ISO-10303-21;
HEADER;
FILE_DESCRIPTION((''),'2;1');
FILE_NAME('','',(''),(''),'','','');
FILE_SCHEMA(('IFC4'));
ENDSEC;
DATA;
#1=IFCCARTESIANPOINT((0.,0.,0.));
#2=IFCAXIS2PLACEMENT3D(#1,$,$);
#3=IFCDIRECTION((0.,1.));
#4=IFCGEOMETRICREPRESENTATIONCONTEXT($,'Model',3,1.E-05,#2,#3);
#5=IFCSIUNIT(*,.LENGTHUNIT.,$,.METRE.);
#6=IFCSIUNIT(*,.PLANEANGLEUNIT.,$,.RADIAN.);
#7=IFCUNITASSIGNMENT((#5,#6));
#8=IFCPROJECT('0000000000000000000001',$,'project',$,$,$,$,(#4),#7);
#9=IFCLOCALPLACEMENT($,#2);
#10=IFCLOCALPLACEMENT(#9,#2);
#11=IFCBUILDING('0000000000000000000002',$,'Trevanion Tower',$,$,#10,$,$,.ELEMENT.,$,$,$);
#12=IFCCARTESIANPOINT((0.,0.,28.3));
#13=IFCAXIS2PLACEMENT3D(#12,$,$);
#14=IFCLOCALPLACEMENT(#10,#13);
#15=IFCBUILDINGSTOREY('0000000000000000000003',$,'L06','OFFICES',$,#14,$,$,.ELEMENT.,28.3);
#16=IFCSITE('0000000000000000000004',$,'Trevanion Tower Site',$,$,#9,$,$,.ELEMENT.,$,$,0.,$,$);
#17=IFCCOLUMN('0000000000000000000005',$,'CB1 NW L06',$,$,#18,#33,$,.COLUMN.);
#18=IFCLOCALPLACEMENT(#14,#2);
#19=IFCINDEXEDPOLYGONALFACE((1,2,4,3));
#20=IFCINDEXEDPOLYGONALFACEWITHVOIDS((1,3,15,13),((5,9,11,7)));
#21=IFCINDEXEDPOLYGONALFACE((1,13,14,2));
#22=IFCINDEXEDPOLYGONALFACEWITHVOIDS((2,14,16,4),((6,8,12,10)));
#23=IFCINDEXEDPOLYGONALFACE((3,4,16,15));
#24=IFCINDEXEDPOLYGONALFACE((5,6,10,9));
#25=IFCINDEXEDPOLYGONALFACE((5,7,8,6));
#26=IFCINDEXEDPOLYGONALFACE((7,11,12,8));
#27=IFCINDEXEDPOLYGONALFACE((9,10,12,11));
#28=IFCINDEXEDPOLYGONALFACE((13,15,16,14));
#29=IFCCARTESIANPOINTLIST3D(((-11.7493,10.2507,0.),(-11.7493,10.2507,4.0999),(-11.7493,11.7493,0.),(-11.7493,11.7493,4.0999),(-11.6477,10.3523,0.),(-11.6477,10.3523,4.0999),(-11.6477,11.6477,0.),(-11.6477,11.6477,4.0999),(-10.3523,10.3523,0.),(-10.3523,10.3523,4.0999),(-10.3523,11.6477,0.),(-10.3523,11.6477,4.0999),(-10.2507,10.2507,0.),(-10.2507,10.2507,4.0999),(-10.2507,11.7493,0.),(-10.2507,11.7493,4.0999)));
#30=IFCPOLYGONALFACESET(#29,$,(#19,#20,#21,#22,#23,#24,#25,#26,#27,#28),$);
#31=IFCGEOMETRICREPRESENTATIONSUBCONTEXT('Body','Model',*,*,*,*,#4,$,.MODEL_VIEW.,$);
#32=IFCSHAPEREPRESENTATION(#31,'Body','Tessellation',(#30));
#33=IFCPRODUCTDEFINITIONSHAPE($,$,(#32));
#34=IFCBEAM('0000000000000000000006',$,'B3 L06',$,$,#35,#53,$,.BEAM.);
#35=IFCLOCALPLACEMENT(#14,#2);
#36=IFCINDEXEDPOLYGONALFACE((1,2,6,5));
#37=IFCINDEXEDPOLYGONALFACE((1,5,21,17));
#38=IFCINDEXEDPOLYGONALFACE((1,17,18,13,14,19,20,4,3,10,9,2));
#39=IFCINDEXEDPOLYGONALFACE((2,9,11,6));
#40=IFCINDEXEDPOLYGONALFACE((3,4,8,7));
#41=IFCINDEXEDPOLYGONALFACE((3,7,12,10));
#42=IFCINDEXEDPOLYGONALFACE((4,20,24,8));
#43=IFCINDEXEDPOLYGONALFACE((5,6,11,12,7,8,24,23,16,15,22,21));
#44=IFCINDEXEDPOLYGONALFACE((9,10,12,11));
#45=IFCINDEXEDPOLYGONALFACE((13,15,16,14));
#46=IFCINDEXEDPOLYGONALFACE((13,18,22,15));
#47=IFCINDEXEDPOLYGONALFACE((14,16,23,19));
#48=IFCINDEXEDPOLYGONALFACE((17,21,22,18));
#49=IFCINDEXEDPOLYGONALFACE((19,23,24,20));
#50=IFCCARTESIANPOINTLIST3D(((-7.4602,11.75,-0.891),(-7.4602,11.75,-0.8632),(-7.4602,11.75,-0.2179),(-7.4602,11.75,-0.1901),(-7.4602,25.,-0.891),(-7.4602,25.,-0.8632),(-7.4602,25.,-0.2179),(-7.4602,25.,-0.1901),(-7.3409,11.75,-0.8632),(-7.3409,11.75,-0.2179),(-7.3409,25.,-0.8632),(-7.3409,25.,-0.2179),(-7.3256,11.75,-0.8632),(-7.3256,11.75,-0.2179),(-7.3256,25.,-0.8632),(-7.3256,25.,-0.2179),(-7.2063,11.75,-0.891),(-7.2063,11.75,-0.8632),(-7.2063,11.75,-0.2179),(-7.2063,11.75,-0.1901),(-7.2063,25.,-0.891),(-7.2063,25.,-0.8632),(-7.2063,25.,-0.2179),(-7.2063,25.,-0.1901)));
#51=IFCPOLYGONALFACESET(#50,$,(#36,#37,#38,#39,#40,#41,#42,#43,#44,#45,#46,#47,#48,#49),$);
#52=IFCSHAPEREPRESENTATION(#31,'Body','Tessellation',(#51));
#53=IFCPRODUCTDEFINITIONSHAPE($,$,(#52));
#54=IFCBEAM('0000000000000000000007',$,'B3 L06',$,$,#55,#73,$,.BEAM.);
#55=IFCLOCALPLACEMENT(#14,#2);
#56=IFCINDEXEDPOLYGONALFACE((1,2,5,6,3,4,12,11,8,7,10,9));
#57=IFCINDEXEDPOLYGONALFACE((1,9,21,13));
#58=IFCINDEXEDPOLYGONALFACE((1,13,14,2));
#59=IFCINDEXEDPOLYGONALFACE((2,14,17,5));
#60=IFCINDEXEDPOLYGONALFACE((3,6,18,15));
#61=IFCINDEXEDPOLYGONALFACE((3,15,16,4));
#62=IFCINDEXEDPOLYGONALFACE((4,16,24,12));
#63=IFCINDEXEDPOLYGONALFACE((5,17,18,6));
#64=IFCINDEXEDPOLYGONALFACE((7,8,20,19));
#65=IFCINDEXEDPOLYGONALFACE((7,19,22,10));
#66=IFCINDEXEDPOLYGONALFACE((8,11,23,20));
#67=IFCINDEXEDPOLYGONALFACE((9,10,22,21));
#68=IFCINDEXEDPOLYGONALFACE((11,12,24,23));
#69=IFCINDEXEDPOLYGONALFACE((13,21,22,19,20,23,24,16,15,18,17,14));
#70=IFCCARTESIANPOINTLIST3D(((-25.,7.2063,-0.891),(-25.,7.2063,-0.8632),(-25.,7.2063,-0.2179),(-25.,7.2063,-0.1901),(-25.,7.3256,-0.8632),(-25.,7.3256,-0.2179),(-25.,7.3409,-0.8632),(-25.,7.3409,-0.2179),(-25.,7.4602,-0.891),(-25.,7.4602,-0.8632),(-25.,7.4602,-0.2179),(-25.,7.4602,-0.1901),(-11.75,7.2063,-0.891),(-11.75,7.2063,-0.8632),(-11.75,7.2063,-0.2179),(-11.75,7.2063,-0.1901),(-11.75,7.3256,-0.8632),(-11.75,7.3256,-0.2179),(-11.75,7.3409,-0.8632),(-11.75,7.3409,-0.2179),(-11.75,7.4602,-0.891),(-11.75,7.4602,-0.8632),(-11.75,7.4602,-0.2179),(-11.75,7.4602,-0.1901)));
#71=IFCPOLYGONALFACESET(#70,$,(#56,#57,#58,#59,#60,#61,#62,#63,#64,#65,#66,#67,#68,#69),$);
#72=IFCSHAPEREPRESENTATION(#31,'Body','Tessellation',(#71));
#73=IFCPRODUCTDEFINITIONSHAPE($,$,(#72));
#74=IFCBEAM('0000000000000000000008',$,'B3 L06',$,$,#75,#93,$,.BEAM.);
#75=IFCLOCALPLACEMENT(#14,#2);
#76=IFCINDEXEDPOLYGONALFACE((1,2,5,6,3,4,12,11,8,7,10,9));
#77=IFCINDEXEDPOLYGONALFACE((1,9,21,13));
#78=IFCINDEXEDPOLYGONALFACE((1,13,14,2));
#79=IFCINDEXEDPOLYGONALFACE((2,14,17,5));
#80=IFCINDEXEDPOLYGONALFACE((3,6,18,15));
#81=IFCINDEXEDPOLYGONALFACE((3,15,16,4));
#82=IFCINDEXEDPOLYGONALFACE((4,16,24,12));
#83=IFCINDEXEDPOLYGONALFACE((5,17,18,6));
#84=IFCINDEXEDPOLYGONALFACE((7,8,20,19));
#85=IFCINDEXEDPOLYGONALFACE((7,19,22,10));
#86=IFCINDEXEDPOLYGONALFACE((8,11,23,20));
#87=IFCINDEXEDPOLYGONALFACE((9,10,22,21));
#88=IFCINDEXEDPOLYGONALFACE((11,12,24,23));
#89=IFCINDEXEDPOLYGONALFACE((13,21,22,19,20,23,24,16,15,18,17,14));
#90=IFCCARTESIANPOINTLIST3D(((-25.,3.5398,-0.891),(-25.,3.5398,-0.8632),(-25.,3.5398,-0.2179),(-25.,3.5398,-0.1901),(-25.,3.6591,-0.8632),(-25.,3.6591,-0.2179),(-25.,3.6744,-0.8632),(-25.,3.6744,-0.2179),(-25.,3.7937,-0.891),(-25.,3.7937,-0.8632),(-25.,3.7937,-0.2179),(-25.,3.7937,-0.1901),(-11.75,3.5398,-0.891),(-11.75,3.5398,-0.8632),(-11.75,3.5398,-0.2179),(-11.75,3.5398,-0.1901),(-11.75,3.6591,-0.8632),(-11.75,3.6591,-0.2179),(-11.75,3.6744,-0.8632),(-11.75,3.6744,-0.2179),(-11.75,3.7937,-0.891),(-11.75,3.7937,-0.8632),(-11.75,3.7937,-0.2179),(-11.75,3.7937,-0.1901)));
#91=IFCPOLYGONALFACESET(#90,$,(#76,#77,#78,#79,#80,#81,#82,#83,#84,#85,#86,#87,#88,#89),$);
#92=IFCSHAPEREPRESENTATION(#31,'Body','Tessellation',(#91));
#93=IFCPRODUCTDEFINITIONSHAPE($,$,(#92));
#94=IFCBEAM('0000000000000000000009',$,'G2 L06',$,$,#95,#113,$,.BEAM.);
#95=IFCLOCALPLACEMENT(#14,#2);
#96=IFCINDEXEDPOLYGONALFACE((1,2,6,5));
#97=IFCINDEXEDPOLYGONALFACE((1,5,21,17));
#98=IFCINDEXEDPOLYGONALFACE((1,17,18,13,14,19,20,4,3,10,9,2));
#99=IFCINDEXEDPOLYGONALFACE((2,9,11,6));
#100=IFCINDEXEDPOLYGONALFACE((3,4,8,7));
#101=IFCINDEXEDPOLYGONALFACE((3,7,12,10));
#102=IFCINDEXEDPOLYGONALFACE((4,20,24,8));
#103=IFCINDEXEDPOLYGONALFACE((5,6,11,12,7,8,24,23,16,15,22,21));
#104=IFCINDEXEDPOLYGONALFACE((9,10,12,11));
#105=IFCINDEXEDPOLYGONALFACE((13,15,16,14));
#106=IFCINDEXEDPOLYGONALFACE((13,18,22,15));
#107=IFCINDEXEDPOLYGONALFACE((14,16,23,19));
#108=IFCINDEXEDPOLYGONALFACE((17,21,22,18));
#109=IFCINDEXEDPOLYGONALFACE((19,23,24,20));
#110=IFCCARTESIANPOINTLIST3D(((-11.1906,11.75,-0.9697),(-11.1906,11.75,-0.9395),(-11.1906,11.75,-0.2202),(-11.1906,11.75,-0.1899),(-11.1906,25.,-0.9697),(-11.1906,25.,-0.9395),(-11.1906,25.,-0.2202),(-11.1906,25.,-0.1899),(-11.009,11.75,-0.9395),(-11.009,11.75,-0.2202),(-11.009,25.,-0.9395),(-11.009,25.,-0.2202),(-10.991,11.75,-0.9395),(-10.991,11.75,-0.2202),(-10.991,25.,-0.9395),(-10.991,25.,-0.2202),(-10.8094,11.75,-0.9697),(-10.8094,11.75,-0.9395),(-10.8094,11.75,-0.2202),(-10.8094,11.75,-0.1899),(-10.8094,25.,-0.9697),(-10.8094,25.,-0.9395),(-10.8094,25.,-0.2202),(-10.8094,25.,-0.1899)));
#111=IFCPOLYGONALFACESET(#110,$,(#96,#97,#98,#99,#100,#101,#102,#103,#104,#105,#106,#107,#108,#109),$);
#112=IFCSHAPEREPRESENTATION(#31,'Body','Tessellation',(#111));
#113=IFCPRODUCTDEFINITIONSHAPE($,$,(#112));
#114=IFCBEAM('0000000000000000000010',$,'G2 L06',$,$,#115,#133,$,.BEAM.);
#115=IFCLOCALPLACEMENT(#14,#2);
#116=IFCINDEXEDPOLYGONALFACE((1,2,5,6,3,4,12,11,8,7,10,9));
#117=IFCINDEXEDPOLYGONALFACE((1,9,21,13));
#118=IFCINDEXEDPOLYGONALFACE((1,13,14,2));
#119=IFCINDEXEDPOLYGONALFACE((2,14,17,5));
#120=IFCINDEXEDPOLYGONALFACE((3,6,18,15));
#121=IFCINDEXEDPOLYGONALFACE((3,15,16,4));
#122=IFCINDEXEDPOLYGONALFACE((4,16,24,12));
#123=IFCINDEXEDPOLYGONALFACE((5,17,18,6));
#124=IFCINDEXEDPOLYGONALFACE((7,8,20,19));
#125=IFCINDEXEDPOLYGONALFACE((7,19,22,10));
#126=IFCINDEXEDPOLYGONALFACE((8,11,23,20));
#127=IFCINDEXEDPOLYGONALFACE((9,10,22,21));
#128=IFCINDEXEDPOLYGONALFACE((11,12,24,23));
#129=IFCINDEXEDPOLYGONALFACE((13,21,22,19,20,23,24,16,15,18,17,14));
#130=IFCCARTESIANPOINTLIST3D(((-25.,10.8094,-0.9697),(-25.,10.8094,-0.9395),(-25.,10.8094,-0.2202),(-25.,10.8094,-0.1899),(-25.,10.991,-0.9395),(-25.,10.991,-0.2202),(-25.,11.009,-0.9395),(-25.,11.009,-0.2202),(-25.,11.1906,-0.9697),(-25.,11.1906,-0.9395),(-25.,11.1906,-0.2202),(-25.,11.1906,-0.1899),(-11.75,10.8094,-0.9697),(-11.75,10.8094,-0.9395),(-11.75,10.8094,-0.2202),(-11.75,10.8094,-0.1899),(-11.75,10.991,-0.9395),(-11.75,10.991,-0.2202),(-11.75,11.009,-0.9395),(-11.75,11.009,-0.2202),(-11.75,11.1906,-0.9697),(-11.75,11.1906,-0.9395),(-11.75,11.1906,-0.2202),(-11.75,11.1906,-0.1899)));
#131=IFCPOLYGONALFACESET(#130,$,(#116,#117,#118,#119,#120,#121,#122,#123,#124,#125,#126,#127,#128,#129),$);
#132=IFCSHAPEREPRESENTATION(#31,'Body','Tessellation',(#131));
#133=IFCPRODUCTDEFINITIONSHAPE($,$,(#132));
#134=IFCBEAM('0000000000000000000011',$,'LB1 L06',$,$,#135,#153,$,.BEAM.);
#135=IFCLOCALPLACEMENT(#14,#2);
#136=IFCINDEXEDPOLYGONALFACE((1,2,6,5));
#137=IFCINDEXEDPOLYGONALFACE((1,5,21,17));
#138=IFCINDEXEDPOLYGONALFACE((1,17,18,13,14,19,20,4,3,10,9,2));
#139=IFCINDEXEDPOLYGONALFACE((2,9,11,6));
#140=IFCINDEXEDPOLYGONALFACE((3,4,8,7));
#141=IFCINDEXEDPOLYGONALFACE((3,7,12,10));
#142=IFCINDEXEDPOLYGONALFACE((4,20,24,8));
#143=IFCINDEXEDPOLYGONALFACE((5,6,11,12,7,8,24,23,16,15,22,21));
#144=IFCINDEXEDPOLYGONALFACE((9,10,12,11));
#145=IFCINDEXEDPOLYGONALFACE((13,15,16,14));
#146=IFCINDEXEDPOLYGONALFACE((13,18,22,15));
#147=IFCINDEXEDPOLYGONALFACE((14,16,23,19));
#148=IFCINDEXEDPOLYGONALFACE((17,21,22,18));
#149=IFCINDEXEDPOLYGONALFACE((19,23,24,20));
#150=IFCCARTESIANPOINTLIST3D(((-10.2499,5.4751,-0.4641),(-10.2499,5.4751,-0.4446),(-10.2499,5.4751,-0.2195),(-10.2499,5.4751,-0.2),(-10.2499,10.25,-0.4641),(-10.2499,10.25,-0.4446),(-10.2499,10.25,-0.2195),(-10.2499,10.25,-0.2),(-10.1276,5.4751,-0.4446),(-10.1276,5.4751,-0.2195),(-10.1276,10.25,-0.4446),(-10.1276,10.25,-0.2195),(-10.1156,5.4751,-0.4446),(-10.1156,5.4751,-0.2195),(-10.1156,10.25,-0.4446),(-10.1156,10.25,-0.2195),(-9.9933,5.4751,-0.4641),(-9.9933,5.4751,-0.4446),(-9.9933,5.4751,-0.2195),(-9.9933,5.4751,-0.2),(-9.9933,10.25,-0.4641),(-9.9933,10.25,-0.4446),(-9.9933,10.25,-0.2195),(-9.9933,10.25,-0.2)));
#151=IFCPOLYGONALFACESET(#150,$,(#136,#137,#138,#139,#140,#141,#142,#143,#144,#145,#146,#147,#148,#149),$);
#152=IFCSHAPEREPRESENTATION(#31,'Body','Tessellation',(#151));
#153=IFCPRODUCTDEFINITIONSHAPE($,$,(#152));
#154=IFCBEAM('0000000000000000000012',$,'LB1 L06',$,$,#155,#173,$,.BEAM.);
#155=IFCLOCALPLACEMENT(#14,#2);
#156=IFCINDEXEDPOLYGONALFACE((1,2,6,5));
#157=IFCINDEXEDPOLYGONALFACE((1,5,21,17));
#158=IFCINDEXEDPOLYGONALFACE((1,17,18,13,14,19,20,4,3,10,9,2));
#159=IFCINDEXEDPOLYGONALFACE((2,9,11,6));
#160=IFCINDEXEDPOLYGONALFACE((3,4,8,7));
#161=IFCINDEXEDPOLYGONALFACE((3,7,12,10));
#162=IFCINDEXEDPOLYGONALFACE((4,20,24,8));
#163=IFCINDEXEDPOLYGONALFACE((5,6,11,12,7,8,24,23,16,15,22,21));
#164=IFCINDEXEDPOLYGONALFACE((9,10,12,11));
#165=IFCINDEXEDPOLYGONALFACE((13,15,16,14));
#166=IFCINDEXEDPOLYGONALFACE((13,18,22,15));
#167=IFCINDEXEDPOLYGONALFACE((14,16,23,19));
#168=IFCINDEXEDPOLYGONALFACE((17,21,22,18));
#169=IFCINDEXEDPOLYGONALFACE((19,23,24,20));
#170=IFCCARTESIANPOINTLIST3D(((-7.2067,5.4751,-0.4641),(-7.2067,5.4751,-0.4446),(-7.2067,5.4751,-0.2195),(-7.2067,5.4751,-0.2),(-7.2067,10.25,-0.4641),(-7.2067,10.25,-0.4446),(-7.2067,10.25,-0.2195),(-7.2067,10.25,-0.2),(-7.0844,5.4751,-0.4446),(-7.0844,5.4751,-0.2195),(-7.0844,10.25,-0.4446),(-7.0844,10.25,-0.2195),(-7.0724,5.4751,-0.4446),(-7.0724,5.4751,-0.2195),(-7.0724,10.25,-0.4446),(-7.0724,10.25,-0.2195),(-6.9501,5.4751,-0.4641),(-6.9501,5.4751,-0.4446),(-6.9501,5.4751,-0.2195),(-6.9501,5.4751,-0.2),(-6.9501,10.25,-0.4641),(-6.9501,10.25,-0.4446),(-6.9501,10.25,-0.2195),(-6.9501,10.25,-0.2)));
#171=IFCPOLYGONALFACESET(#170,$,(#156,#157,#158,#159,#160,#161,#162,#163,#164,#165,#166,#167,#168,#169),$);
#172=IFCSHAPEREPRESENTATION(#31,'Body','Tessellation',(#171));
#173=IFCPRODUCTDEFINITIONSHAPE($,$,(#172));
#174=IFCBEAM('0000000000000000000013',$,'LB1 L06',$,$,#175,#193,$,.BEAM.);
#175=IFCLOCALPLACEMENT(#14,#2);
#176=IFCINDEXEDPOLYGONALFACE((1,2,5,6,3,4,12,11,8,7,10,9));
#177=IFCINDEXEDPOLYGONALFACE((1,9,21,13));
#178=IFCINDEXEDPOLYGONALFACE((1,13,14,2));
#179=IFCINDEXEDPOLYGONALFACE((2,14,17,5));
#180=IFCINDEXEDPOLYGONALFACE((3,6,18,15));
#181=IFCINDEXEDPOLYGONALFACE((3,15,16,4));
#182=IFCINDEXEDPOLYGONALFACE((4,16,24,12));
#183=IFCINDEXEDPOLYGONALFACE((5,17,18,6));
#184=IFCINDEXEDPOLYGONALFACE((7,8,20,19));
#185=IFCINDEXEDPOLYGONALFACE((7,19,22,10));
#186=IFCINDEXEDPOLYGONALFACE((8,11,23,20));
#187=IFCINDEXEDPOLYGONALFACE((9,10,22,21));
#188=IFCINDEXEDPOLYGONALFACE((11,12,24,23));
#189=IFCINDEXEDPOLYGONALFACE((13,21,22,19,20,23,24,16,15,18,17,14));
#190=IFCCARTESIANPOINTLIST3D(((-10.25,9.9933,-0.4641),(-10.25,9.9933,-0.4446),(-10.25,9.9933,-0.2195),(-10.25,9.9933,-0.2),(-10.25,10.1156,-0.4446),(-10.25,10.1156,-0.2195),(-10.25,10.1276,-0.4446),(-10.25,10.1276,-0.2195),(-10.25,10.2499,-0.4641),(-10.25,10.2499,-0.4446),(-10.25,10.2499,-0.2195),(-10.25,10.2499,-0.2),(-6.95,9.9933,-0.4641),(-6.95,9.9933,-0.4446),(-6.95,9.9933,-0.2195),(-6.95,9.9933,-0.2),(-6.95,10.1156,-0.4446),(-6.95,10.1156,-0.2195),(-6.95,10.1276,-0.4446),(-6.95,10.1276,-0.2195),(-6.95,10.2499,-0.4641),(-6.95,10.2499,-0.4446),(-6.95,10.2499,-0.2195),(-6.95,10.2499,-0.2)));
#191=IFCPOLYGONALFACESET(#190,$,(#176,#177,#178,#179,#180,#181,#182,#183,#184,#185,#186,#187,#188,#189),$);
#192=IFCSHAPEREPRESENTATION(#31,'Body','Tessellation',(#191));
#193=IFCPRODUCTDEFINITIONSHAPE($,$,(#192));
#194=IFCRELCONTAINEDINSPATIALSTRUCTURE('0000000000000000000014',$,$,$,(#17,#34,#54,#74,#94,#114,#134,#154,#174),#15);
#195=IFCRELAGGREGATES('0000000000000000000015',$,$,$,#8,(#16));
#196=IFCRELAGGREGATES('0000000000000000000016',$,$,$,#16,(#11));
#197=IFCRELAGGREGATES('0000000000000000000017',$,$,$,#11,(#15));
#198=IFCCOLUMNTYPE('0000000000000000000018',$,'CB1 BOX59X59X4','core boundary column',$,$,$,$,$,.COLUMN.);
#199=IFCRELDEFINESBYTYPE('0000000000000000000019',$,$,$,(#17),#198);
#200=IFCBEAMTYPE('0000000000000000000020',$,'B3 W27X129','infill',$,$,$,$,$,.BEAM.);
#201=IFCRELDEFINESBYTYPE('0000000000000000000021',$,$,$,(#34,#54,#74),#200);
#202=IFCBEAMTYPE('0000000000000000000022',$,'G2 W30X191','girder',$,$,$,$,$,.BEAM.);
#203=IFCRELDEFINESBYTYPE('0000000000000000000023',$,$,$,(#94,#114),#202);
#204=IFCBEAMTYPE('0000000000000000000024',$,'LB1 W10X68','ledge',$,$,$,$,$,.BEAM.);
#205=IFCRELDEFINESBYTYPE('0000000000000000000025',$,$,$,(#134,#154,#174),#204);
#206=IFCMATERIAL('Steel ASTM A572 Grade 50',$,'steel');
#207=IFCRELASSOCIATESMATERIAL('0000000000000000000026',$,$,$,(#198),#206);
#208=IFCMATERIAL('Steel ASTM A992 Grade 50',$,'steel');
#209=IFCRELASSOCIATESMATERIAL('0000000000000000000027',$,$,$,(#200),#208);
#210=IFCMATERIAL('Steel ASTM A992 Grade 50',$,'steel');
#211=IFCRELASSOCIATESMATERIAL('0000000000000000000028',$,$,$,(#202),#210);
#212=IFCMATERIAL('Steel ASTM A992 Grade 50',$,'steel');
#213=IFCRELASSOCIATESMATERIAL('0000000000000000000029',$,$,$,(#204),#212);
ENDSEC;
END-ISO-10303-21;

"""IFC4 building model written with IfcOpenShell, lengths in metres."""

from ifc_helpers import new_model, si_unit, direction, frame, origin, origin_2d, place, context, subcontext, project, spatial, hollow_rectangle, i_section, extrude, material, material_profile, profile_set, type_object, element, save


model = new_model("IFC4")

# Units and contexts
model_context = context("Model", 3, precision=1e-05, world=origin(), true_north=direction((0.0, 1.0)))
body_context = subcontext(model_context, "Body", "Model", "MODEL_VIEW")
ifc_project = project(units=[si_unit("LENGTHUNIT", "METRE"), si_unit("PLANEANGLEUNIT", "RADIAN")], contexts=[model_context])

# Site, building, storey
site_placement = place(None, origin())
site = spatial("IfcSite", under=ifc_project, at=site_placement, Name="Trevanion Tower Site", CompositionType="ELEMENT", RefElevation=0.0)
building_placement = place(site_placement, origin())
building = spatial("IfcBuilding", under=site, at=building_placement, Name="Trevanion Tower", CompositionType="ELEMENT")
storey_placement = place(building_placement, frame((0.0, 0.0, 28.3)))
storey = spatial("IfcBuildingStorey", under=building, at=storey_placement, Name="L06", Description="OFFICES", CompositionType="ELEMENT", Elevation=28.3)

# Column
ifc_material_1 = material(Name="Steel ASTM A572 Grade 50", Category="steel")
ifc_material_profile_1 = material_profile(ifc_material_1, hollow_rectangle(XDim=1.4985, YDim=1.4985, WallThickness=0.1016, at=origin_2d()), Name="BOX59X59X4")
ifc_profile_set_1 = profile_set([ifc_material_profile_1], Name="Steel ASTM A572 Grade 50")
column_type = type_object("IfcColumnType", Name="CB1 BOX59X59X4", Description="core boundary column", PredefinedType="COLUMN", material=ifc_profile_set_1)
column_placement = place(storey_placement, frame((-11.0, 11.0, 0.0), z_axis=(0.0, 0.0, 1.0), x_axis=(1.0, 0.0, 0.0)))
element("IfcColumn", 1, at=column_placement, inside=storey, type_object=column_type, Name="CB1 NW L06", PredefinedType="COLUMN", context=body_context, shape_type="SweptSolid", body=[
    extrude(hollow_rectangle(XDim=1.4985, YDim=1.4985, WallThickness=0.1016, at=origin_2d()), origin(), (0.0, 0.0, 1.0), 4.0999),
])

# Beams
ifc_material_2 = material(Name="Steel ASTM A992 Grade 50", Category="steel")
ifc_material_profile_2 = material_profile(ifc_material_2, i_section(OverallWidth=0.2539, OverallDepth=0.7009, WebThickness=0.0154, FlangeThickness=0.0278, at=origin_2d()), Name="W27X129")
ifc_profile_set_2 = profile_set([ifc_material_profile_2], Name="Steel ASTM A992 Grade 50")
beam_type_1 = type_object("IfcBeamType", Name="B3 W27X129", Description="infill", PredefinedType="BEAM", material=ifc_profile_set_2)
for number, where, z_axis, x_axis, name in (
    (2, (-7.3333, 11.75, -0.5405), (0.0, 1.0, 0.0), (-1.0, 0.0, 0.0), "B3 L06"),
    (3, (-11.75, 7.3333, -0.5405), (-1.0, 0.0, 0.0), (0.0, -1.0, 0.0), "B3 L06"),
    (4, (-11.75, 3.6667, -0.5405), (-1.0, 0.0, 0.0), (0.0, -1.0, 0.0), "B3 L06"),
):
    element("IfcBeam", number, at=place(storey_placement, frame(where, z_axis=z_axis, x_axis=x_axis)), inside=storey, type_object=beam_type_1, Name=name, PredefinedType="BEAM", context=body_context, shape_type="SweptSolid", body=[
        extrude(i_section(OverallWidth=0.2539, OverallDepth=0.7009, WebThickness=0.0154, FlangeThickness=0.0278, at=origin_2d()), origin(), (0.0, 0.0, 1.0), 13.25),
    ])
ifc_material_3 = material(Name="Steel ASTM A992 Grade 50", Category="steel")
ifc_material_profile_3 = material_profile(ifc_material_3, i_section(OverallWidth=0.3811, OverallDepth=0.7798, WebThickness=0.0181, FlangeThickness=0.0303, at=origin_2d()), Name="W30X191")
ifc_profile_set_3 = profile_set([ifc_material_profile_3], Name="Steel ASTM A992 Grade 50")
beam_type_2 = type_object("IfcBeamType", Name="G2 W30X191", Description="girder", PredefinedType="BEAM", material=ifc_profile_set_3)
for number, where, z_axis, x_axis, name in (
    (5, (-11.0, 11.75, -0.5798), (0.0, 1.0, 0.0), (-1.0, 0.0, 0.0), "G2 L06"),
    (6, (-11.75, 11.0, -0.5798), (-1.0, 0.0, 0.0), (0.0, -1.0, 0.0), "G2 L06"),
):
    element("IfcBeam", number, at=place(storey_placement, frame(where, z_axis=z_axis, x_axis=x_axis)), inside=storey, type_object=beam_type_2, Name=name, PredefinedType="BEAM", context=body_context, shape_type="SweptSolid", body=[
        extrude(i_section(OverallWidth=0.3811, OverallDepth=0.7798, WebThickness=0.0181, FlangeThickness=0.0303, at=origin_2d()), origin(), (0.0, 0.0, 1.0), 13.25),
    ])
ifc_material_4 = material(Name="Steel ASTM A992 Grade 50", Category="steel")
ifc_material_profile_4 = material_profile(ifc_material_4, i_section(OverallWidth=0.2566, OverallDepth=0.2642, WebThickness=0.012, FlangeThickness=0.0195, at=origin_2d()), Name="W10X68")
ifc_profile_set_4 = profile_set([ifc_material_profile_4], Name="Steel ASTM A992 Grade 50")
beam_type_3 = type_object("IfcBeamType", Name="LB1 W10X68", Description="ledge", PredefinedType="BEAM", material=ifc_profile_set_4)
for number, where, z_axis, x_axis, name in (
    (7, (-10.1216, 5.4751, -0.332), (0.0, 1.0, 0.0), (-1.0, 0.0, 0.0), "LB1 L06"),
    (8, (-7.0784, 5.4751, -0.332), (0.0, 1.0, 0.0), (-1.0, 0.0, 0.0), "LB1 L06"),
):
    element("IfcBeam", number, at=place(storey_placement, frame(where, z_axis=z_axis, x_axis=x_axis)), inside=storey, type_object=beam_type_3, Name=name, PredefinedType="BEAM", context=body_context, shape_type="SweptSolid", body=[
        extrude(i_section(OverallWidth=0.2566, OverallDepth=0.2642, WebThickness=0.012, FlangeThickness=0.0195, at=origin_2d()), origin(), (0.0, 0.0, 1.0), 4.7749),
    ])
beam_placement = place(storey_placement, frame((-10.25, 10.1216, -0.332), z_axis=(1.0, 0.0, 0.0), x_axis=(0.0, 1.0, 0.0)))
element("IfcBeam", 9, at=beam_placement, inside=storey, type_object=beam_type_3, Name="LB1 L06", PredefinedType="BEAM", context=body_context, shape_type="SweptSolid", body=[
    extrude(i_section(OverallWidth=0.2566, OverallDepth=0.2642, WebThickness=0.012, FlangeThickness=0.0195, at=origin_2d()), origin(), (0.0, 0.0, 1.0), 3.3),
])

save(model, "model.ifc")
